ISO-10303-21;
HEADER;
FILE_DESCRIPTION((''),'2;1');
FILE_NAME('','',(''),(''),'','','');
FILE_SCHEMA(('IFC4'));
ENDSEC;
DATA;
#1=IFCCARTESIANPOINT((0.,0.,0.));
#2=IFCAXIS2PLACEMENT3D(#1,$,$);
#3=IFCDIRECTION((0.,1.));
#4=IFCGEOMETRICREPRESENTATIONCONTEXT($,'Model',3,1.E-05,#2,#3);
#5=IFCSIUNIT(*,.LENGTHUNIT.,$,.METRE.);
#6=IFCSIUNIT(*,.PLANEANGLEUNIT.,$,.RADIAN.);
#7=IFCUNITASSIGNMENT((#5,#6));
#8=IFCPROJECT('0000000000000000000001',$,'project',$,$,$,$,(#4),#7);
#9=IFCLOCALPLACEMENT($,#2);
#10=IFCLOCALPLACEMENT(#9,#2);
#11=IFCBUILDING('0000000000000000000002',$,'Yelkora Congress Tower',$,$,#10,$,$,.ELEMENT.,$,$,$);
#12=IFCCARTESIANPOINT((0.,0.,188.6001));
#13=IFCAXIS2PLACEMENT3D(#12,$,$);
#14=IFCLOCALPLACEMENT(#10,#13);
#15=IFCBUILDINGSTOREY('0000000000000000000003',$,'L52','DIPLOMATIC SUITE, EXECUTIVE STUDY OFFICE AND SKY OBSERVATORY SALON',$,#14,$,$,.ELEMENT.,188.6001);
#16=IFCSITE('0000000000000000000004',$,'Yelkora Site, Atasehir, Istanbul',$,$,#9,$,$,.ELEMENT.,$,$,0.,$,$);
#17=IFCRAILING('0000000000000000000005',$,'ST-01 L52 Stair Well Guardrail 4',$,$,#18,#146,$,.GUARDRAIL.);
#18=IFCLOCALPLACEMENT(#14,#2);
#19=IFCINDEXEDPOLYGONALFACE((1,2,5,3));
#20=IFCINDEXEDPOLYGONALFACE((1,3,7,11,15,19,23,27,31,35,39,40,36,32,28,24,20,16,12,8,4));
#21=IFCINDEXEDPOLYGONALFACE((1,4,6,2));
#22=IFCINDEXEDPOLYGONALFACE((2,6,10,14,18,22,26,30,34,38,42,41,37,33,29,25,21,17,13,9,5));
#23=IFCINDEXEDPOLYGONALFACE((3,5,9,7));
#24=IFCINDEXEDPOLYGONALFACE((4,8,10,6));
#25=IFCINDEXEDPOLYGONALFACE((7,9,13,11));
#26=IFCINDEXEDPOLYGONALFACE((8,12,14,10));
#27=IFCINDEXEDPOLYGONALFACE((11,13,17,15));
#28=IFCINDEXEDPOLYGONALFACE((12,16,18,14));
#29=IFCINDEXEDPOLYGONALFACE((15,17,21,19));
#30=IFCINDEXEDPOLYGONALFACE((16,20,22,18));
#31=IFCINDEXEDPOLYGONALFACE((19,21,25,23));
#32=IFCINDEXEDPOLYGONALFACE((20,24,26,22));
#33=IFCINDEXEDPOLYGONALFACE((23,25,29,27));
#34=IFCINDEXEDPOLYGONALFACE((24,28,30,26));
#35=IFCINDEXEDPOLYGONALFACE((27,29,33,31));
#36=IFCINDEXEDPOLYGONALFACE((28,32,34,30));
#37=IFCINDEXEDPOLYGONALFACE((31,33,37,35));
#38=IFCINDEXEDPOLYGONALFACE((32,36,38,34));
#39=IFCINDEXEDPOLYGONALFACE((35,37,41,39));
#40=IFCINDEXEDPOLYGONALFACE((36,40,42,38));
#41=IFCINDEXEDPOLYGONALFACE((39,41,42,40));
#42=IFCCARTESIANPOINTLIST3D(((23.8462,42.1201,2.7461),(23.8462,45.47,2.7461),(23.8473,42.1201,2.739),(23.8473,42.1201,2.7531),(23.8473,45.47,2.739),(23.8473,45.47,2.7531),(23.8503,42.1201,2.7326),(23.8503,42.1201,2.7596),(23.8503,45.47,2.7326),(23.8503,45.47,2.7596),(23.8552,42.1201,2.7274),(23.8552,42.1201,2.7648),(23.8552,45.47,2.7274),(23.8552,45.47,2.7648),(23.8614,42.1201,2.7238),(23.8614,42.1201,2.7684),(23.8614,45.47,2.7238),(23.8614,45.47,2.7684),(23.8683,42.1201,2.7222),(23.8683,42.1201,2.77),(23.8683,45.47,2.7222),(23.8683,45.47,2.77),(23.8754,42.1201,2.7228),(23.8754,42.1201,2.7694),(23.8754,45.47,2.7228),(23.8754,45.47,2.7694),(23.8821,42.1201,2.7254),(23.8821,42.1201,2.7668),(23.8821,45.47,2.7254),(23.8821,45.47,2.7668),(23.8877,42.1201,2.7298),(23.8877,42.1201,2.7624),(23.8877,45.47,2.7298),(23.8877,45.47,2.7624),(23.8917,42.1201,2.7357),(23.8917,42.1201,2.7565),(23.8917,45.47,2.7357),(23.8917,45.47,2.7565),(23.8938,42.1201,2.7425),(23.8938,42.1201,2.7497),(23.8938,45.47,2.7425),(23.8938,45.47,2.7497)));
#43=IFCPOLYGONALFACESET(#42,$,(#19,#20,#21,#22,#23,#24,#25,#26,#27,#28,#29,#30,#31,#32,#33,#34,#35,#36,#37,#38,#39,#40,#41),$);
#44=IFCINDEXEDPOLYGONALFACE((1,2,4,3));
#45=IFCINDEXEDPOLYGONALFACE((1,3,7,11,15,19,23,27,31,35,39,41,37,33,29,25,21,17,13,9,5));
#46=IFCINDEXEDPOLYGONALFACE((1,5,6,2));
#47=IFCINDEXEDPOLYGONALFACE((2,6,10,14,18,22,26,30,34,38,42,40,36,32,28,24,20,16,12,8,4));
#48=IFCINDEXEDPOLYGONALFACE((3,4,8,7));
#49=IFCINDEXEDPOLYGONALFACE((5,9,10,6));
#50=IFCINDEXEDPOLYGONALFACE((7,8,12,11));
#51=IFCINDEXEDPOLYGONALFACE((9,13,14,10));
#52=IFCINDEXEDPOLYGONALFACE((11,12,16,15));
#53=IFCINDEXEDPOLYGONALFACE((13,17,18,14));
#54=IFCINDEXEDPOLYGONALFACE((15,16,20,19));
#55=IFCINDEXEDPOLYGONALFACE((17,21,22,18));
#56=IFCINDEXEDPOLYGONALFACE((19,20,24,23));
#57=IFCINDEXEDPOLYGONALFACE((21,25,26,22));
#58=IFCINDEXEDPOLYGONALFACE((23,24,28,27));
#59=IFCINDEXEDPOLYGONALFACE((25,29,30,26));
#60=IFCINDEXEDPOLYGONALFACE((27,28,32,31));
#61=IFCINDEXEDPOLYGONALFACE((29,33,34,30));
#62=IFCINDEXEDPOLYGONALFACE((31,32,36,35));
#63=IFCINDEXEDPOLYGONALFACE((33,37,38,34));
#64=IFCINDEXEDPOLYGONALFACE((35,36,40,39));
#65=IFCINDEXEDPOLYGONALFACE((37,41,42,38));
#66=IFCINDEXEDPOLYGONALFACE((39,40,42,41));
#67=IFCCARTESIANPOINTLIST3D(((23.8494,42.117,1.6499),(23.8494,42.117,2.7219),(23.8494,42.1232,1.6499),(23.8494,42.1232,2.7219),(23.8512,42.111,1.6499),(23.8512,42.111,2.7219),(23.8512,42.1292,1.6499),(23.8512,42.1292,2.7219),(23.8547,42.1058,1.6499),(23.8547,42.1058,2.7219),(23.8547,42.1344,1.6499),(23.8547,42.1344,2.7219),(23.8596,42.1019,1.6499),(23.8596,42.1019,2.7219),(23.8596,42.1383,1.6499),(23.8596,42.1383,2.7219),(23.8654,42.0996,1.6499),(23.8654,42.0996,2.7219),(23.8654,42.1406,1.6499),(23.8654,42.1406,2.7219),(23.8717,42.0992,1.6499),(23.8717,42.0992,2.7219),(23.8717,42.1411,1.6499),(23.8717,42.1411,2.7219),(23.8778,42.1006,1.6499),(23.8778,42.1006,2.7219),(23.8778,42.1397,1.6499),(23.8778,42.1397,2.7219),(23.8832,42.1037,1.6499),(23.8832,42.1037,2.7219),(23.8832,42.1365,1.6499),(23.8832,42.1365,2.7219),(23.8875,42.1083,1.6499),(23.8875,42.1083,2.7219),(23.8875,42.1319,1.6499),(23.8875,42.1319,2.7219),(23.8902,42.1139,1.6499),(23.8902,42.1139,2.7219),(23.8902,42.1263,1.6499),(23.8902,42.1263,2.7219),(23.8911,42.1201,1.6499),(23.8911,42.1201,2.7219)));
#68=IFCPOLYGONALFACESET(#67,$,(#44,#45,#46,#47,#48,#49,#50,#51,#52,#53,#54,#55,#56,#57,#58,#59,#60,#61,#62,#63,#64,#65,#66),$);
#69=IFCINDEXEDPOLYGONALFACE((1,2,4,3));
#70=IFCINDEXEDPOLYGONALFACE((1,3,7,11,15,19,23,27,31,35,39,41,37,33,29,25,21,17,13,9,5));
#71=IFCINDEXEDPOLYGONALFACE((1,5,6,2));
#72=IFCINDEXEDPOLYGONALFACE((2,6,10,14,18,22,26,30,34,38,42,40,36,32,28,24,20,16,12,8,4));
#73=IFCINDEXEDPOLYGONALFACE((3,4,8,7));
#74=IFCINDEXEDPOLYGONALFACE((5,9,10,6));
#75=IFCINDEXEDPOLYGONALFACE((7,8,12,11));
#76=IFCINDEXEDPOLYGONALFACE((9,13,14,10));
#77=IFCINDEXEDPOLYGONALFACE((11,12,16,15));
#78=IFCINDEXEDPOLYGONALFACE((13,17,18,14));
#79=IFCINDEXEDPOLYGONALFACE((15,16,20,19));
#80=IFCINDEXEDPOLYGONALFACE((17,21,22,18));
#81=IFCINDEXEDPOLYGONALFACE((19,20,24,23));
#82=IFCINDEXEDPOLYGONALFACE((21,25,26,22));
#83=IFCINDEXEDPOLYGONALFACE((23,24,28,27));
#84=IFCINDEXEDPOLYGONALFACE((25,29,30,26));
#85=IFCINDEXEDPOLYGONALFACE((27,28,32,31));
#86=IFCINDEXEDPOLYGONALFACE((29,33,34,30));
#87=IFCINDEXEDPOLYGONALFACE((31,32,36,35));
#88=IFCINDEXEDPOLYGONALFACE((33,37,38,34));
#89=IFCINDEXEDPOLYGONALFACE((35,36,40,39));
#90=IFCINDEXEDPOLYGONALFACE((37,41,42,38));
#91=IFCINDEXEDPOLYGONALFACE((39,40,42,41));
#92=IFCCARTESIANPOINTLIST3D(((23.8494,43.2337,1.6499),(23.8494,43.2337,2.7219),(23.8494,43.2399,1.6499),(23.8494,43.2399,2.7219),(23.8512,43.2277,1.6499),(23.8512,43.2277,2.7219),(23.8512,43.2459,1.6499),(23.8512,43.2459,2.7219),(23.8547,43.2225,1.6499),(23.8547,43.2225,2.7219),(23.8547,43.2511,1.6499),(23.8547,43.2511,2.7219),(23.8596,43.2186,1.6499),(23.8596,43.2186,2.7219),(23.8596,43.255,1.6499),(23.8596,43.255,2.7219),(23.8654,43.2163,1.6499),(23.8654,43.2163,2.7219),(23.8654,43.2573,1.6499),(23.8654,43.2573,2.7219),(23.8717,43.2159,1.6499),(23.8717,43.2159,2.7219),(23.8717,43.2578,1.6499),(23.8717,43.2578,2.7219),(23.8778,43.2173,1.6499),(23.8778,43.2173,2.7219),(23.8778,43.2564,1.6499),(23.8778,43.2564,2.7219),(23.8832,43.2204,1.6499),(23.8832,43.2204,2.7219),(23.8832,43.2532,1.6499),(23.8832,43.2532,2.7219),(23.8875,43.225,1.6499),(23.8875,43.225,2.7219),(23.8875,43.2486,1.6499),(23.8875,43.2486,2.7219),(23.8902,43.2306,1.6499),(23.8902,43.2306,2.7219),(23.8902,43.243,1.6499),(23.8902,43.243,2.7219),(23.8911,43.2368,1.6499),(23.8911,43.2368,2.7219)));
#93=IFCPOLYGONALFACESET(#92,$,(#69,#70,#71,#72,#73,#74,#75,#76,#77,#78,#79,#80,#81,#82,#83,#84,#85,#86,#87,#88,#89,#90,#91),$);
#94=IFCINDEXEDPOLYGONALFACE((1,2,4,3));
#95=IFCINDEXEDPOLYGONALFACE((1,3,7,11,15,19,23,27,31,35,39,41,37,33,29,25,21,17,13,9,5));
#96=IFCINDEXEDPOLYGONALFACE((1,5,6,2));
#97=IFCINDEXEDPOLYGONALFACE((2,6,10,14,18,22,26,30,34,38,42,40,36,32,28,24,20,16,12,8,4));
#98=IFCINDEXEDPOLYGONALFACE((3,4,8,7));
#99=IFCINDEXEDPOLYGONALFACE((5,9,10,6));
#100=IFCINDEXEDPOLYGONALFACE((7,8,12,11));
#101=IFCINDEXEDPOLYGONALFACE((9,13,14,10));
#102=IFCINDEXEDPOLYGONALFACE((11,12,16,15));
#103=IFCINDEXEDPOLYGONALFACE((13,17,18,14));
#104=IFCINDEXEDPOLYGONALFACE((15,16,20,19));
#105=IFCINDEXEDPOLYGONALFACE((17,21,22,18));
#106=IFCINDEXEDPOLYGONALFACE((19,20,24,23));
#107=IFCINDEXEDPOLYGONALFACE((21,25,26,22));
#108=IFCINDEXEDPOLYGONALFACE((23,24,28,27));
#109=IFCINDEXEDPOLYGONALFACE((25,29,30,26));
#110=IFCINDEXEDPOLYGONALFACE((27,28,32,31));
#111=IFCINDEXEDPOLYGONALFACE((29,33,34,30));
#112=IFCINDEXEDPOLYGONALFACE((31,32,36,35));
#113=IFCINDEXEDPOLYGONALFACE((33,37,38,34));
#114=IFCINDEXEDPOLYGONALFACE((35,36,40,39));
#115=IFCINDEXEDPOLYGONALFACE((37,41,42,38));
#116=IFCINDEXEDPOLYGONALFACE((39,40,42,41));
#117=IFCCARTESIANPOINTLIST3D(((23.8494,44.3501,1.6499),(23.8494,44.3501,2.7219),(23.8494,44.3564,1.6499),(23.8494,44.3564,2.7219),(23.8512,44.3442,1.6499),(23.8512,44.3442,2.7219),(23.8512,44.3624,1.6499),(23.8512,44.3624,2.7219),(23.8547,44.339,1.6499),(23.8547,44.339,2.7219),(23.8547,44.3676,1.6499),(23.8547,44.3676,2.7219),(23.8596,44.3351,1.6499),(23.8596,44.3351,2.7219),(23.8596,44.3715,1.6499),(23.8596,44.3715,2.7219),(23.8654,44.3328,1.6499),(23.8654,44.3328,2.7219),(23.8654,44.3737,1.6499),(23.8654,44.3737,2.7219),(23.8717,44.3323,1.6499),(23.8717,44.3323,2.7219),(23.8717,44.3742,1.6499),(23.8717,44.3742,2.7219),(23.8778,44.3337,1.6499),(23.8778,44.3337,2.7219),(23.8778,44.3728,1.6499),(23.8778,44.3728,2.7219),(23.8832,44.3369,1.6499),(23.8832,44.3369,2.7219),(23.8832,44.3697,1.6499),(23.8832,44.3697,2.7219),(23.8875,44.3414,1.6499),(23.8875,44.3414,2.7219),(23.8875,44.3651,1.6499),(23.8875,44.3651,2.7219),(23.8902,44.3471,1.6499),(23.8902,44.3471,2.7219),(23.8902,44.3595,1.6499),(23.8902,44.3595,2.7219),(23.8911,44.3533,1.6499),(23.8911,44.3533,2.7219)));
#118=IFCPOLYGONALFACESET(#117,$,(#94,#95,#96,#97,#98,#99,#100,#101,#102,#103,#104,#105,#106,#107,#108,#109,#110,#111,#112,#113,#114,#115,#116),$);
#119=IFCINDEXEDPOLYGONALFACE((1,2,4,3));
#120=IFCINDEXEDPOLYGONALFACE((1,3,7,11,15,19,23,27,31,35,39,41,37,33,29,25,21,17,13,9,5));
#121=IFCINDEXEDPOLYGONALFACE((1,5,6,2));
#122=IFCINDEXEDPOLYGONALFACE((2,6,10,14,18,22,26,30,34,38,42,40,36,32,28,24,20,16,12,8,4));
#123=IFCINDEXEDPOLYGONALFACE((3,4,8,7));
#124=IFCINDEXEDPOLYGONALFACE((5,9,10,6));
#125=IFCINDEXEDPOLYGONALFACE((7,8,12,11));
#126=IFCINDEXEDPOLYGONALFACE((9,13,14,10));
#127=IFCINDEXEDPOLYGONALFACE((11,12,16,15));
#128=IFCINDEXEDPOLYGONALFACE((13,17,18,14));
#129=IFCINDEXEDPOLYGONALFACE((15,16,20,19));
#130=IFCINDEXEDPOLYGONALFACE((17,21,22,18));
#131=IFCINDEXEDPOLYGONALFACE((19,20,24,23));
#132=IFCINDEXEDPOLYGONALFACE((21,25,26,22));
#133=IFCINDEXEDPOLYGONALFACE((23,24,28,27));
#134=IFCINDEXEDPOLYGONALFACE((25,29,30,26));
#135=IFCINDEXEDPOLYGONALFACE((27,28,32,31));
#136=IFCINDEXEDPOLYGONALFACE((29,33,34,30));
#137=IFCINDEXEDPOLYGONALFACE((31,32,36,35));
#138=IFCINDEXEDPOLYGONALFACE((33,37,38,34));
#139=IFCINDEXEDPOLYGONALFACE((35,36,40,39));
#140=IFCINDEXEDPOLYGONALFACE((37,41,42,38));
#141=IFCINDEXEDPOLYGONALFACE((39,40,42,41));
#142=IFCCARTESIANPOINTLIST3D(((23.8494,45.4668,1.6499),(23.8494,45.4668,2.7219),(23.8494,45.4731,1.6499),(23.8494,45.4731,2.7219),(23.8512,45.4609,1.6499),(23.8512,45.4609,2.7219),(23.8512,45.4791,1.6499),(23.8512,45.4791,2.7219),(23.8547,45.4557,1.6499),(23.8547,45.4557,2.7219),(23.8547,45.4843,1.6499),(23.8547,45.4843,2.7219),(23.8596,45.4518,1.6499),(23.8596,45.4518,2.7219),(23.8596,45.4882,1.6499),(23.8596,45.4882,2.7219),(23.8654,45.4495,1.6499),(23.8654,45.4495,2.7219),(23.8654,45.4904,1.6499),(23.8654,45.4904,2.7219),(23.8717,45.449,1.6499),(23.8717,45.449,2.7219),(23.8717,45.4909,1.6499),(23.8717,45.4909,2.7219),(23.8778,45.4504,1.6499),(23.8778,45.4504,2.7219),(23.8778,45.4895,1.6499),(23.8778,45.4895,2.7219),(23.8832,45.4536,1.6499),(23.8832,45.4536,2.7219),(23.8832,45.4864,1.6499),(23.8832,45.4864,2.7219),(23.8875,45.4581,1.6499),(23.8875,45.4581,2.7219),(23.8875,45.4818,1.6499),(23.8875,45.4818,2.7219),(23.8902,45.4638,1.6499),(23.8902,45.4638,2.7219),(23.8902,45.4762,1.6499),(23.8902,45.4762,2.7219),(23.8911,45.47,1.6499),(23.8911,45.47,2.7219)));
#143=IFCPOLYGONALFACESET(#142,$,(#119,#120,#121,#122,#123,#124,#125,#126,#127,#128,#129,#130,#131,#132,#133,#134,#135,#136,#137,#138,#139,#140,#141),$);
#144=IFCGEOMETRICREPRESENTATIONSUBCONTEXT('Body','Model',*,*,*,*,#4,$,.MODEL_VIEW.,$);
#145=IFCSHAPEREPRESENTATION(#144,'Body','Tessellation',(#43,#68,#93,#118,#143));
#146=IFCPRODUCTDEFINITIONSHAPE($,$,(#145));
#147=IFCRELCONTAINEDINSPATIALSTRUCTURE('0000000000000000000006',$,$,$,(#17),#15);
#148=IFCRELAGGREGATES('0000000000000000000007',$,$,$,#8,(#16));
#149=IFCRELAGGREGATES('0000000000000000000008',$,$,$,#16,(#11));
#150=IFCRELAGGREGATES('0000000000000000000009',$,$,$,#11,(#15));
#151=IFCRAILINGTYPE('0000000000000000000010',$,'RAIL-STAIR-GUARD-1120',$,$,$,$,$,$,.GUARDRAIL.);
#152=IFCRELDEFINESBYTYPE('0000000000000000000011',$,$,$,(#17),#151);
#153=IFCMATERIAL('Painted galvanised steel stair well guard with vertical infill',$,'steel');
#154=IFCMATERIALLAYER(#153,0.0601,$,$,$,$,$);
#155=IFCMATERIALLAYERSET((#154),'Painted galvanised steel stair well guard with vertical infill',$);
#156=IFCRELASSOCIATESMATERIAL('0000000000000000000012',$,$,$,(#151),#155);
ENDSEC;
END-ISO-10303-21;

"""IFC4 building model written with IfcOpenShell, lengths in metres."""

from ifc_helpers import new_model, si_unit, direction, frame, origin, origin_2d, place, context, subcontext, project, spatial, circle, extrude, material, layer, layer_set, type_object, element, save


model = new_model("IFC4")

# Units and contexts
model_context = context("Model", 3, precision=1e-05, world=origin(), true_north=direction((0.0, 1.0)))
body_context = subcontext(model_context, "Body", "Model", "MODEL_VIEW")
ifc_project = project(units=[si_unit("LENGTHUNIT", "METRE"), si_unit("PLANEANGLEUNIT", "RADIAN")], contexts=[model_context])

# Site, building, storey
site_placement = place(None, origin())
site = spatial("IfcSite", under=ifc_project, at=site_placement, Name="Yelkora Site, Atasehir, Istanbul", CompositionType="ELEMENT", RefElevation=0.0)
building_placement = place(site_placement, origin())
building = spatial("IfcBuilding", under=site, at=building_placement, Name="Yelkora Congress Tower", CompositionType="ELEMENT")
storey_placement = place(building_placement, frame((0.0, 0.0, 188.6001)))
storey = spatial("IfcBuildingStorey", under=building, at=storey_placement, Name="L52", Description="DIPLOMATIC SUITE, EXECUTIVE STUDY OFFICE AND SKY OBSERVATORY SALON", CompositionType="ELEMENT", Elevation=188.6001)

# Railing
ifc_material_1 = material(Name="Painted galvanised steel stair well guard with vertical infill", Category="steel")
ifc_layer_1 = layer(ifc_material_1, 0.0601)
ifc_layer_set_1 = layer_set([ifc_layer_1], Name="Painted galvanised steel stair well guard with vertical infill")
railing_type = type_object("IfcRailingType", Name="RAIL-STAIR-GUARD-1120", PredefinedType="GUARDRAIL", material=ifc_layer_set_1)
for number, where, name in (
    (1, (23.8701, 42.1201, 1.6499), "ST-01 L52 Stair Well Guardrail 4"),
):
    element("IfcRailing", number, at=place(storey_placement, frame(where)), inside=storey, type_object=railing_type, Name=name, PredefinedType="GUARDRAIL", context=body_context, shape_type="SweptSolid", body=[
        extrude(circle(Radius=0.0239, at=origin_2d()), frame((0.0, 0.0, 1.0962), z_axis=(0.0, 1.0, 0.0), x_axis=(-1.0, 0.0, 0.0)), (0.0, 0.0, 1.0), 3.3499),
        extrude(circle(Radius=0.021, at=origin_2d()), origin(), (0.0, 0.0, 1.0), 1.072),
        extrude(circle(Radius=0.021, at=origin_2d()), frame((0.0, 1.1167, 0.0)), (0.0, 0.0, 1.0), 1.072),
        extrude(circle(Radius=0.021, at=origin_2d()), frame((0.0, 2.2332, 0.0)), (0.0, 0.0, 1.0), 1.072),
        extrude(circle(Radius=0.021, at=origin_2d()), frame((0.0, 3.3499, 0.0)), (0.0, 0.0, 1.0), 1.072),
    ])

save(model, "model.ifc")
